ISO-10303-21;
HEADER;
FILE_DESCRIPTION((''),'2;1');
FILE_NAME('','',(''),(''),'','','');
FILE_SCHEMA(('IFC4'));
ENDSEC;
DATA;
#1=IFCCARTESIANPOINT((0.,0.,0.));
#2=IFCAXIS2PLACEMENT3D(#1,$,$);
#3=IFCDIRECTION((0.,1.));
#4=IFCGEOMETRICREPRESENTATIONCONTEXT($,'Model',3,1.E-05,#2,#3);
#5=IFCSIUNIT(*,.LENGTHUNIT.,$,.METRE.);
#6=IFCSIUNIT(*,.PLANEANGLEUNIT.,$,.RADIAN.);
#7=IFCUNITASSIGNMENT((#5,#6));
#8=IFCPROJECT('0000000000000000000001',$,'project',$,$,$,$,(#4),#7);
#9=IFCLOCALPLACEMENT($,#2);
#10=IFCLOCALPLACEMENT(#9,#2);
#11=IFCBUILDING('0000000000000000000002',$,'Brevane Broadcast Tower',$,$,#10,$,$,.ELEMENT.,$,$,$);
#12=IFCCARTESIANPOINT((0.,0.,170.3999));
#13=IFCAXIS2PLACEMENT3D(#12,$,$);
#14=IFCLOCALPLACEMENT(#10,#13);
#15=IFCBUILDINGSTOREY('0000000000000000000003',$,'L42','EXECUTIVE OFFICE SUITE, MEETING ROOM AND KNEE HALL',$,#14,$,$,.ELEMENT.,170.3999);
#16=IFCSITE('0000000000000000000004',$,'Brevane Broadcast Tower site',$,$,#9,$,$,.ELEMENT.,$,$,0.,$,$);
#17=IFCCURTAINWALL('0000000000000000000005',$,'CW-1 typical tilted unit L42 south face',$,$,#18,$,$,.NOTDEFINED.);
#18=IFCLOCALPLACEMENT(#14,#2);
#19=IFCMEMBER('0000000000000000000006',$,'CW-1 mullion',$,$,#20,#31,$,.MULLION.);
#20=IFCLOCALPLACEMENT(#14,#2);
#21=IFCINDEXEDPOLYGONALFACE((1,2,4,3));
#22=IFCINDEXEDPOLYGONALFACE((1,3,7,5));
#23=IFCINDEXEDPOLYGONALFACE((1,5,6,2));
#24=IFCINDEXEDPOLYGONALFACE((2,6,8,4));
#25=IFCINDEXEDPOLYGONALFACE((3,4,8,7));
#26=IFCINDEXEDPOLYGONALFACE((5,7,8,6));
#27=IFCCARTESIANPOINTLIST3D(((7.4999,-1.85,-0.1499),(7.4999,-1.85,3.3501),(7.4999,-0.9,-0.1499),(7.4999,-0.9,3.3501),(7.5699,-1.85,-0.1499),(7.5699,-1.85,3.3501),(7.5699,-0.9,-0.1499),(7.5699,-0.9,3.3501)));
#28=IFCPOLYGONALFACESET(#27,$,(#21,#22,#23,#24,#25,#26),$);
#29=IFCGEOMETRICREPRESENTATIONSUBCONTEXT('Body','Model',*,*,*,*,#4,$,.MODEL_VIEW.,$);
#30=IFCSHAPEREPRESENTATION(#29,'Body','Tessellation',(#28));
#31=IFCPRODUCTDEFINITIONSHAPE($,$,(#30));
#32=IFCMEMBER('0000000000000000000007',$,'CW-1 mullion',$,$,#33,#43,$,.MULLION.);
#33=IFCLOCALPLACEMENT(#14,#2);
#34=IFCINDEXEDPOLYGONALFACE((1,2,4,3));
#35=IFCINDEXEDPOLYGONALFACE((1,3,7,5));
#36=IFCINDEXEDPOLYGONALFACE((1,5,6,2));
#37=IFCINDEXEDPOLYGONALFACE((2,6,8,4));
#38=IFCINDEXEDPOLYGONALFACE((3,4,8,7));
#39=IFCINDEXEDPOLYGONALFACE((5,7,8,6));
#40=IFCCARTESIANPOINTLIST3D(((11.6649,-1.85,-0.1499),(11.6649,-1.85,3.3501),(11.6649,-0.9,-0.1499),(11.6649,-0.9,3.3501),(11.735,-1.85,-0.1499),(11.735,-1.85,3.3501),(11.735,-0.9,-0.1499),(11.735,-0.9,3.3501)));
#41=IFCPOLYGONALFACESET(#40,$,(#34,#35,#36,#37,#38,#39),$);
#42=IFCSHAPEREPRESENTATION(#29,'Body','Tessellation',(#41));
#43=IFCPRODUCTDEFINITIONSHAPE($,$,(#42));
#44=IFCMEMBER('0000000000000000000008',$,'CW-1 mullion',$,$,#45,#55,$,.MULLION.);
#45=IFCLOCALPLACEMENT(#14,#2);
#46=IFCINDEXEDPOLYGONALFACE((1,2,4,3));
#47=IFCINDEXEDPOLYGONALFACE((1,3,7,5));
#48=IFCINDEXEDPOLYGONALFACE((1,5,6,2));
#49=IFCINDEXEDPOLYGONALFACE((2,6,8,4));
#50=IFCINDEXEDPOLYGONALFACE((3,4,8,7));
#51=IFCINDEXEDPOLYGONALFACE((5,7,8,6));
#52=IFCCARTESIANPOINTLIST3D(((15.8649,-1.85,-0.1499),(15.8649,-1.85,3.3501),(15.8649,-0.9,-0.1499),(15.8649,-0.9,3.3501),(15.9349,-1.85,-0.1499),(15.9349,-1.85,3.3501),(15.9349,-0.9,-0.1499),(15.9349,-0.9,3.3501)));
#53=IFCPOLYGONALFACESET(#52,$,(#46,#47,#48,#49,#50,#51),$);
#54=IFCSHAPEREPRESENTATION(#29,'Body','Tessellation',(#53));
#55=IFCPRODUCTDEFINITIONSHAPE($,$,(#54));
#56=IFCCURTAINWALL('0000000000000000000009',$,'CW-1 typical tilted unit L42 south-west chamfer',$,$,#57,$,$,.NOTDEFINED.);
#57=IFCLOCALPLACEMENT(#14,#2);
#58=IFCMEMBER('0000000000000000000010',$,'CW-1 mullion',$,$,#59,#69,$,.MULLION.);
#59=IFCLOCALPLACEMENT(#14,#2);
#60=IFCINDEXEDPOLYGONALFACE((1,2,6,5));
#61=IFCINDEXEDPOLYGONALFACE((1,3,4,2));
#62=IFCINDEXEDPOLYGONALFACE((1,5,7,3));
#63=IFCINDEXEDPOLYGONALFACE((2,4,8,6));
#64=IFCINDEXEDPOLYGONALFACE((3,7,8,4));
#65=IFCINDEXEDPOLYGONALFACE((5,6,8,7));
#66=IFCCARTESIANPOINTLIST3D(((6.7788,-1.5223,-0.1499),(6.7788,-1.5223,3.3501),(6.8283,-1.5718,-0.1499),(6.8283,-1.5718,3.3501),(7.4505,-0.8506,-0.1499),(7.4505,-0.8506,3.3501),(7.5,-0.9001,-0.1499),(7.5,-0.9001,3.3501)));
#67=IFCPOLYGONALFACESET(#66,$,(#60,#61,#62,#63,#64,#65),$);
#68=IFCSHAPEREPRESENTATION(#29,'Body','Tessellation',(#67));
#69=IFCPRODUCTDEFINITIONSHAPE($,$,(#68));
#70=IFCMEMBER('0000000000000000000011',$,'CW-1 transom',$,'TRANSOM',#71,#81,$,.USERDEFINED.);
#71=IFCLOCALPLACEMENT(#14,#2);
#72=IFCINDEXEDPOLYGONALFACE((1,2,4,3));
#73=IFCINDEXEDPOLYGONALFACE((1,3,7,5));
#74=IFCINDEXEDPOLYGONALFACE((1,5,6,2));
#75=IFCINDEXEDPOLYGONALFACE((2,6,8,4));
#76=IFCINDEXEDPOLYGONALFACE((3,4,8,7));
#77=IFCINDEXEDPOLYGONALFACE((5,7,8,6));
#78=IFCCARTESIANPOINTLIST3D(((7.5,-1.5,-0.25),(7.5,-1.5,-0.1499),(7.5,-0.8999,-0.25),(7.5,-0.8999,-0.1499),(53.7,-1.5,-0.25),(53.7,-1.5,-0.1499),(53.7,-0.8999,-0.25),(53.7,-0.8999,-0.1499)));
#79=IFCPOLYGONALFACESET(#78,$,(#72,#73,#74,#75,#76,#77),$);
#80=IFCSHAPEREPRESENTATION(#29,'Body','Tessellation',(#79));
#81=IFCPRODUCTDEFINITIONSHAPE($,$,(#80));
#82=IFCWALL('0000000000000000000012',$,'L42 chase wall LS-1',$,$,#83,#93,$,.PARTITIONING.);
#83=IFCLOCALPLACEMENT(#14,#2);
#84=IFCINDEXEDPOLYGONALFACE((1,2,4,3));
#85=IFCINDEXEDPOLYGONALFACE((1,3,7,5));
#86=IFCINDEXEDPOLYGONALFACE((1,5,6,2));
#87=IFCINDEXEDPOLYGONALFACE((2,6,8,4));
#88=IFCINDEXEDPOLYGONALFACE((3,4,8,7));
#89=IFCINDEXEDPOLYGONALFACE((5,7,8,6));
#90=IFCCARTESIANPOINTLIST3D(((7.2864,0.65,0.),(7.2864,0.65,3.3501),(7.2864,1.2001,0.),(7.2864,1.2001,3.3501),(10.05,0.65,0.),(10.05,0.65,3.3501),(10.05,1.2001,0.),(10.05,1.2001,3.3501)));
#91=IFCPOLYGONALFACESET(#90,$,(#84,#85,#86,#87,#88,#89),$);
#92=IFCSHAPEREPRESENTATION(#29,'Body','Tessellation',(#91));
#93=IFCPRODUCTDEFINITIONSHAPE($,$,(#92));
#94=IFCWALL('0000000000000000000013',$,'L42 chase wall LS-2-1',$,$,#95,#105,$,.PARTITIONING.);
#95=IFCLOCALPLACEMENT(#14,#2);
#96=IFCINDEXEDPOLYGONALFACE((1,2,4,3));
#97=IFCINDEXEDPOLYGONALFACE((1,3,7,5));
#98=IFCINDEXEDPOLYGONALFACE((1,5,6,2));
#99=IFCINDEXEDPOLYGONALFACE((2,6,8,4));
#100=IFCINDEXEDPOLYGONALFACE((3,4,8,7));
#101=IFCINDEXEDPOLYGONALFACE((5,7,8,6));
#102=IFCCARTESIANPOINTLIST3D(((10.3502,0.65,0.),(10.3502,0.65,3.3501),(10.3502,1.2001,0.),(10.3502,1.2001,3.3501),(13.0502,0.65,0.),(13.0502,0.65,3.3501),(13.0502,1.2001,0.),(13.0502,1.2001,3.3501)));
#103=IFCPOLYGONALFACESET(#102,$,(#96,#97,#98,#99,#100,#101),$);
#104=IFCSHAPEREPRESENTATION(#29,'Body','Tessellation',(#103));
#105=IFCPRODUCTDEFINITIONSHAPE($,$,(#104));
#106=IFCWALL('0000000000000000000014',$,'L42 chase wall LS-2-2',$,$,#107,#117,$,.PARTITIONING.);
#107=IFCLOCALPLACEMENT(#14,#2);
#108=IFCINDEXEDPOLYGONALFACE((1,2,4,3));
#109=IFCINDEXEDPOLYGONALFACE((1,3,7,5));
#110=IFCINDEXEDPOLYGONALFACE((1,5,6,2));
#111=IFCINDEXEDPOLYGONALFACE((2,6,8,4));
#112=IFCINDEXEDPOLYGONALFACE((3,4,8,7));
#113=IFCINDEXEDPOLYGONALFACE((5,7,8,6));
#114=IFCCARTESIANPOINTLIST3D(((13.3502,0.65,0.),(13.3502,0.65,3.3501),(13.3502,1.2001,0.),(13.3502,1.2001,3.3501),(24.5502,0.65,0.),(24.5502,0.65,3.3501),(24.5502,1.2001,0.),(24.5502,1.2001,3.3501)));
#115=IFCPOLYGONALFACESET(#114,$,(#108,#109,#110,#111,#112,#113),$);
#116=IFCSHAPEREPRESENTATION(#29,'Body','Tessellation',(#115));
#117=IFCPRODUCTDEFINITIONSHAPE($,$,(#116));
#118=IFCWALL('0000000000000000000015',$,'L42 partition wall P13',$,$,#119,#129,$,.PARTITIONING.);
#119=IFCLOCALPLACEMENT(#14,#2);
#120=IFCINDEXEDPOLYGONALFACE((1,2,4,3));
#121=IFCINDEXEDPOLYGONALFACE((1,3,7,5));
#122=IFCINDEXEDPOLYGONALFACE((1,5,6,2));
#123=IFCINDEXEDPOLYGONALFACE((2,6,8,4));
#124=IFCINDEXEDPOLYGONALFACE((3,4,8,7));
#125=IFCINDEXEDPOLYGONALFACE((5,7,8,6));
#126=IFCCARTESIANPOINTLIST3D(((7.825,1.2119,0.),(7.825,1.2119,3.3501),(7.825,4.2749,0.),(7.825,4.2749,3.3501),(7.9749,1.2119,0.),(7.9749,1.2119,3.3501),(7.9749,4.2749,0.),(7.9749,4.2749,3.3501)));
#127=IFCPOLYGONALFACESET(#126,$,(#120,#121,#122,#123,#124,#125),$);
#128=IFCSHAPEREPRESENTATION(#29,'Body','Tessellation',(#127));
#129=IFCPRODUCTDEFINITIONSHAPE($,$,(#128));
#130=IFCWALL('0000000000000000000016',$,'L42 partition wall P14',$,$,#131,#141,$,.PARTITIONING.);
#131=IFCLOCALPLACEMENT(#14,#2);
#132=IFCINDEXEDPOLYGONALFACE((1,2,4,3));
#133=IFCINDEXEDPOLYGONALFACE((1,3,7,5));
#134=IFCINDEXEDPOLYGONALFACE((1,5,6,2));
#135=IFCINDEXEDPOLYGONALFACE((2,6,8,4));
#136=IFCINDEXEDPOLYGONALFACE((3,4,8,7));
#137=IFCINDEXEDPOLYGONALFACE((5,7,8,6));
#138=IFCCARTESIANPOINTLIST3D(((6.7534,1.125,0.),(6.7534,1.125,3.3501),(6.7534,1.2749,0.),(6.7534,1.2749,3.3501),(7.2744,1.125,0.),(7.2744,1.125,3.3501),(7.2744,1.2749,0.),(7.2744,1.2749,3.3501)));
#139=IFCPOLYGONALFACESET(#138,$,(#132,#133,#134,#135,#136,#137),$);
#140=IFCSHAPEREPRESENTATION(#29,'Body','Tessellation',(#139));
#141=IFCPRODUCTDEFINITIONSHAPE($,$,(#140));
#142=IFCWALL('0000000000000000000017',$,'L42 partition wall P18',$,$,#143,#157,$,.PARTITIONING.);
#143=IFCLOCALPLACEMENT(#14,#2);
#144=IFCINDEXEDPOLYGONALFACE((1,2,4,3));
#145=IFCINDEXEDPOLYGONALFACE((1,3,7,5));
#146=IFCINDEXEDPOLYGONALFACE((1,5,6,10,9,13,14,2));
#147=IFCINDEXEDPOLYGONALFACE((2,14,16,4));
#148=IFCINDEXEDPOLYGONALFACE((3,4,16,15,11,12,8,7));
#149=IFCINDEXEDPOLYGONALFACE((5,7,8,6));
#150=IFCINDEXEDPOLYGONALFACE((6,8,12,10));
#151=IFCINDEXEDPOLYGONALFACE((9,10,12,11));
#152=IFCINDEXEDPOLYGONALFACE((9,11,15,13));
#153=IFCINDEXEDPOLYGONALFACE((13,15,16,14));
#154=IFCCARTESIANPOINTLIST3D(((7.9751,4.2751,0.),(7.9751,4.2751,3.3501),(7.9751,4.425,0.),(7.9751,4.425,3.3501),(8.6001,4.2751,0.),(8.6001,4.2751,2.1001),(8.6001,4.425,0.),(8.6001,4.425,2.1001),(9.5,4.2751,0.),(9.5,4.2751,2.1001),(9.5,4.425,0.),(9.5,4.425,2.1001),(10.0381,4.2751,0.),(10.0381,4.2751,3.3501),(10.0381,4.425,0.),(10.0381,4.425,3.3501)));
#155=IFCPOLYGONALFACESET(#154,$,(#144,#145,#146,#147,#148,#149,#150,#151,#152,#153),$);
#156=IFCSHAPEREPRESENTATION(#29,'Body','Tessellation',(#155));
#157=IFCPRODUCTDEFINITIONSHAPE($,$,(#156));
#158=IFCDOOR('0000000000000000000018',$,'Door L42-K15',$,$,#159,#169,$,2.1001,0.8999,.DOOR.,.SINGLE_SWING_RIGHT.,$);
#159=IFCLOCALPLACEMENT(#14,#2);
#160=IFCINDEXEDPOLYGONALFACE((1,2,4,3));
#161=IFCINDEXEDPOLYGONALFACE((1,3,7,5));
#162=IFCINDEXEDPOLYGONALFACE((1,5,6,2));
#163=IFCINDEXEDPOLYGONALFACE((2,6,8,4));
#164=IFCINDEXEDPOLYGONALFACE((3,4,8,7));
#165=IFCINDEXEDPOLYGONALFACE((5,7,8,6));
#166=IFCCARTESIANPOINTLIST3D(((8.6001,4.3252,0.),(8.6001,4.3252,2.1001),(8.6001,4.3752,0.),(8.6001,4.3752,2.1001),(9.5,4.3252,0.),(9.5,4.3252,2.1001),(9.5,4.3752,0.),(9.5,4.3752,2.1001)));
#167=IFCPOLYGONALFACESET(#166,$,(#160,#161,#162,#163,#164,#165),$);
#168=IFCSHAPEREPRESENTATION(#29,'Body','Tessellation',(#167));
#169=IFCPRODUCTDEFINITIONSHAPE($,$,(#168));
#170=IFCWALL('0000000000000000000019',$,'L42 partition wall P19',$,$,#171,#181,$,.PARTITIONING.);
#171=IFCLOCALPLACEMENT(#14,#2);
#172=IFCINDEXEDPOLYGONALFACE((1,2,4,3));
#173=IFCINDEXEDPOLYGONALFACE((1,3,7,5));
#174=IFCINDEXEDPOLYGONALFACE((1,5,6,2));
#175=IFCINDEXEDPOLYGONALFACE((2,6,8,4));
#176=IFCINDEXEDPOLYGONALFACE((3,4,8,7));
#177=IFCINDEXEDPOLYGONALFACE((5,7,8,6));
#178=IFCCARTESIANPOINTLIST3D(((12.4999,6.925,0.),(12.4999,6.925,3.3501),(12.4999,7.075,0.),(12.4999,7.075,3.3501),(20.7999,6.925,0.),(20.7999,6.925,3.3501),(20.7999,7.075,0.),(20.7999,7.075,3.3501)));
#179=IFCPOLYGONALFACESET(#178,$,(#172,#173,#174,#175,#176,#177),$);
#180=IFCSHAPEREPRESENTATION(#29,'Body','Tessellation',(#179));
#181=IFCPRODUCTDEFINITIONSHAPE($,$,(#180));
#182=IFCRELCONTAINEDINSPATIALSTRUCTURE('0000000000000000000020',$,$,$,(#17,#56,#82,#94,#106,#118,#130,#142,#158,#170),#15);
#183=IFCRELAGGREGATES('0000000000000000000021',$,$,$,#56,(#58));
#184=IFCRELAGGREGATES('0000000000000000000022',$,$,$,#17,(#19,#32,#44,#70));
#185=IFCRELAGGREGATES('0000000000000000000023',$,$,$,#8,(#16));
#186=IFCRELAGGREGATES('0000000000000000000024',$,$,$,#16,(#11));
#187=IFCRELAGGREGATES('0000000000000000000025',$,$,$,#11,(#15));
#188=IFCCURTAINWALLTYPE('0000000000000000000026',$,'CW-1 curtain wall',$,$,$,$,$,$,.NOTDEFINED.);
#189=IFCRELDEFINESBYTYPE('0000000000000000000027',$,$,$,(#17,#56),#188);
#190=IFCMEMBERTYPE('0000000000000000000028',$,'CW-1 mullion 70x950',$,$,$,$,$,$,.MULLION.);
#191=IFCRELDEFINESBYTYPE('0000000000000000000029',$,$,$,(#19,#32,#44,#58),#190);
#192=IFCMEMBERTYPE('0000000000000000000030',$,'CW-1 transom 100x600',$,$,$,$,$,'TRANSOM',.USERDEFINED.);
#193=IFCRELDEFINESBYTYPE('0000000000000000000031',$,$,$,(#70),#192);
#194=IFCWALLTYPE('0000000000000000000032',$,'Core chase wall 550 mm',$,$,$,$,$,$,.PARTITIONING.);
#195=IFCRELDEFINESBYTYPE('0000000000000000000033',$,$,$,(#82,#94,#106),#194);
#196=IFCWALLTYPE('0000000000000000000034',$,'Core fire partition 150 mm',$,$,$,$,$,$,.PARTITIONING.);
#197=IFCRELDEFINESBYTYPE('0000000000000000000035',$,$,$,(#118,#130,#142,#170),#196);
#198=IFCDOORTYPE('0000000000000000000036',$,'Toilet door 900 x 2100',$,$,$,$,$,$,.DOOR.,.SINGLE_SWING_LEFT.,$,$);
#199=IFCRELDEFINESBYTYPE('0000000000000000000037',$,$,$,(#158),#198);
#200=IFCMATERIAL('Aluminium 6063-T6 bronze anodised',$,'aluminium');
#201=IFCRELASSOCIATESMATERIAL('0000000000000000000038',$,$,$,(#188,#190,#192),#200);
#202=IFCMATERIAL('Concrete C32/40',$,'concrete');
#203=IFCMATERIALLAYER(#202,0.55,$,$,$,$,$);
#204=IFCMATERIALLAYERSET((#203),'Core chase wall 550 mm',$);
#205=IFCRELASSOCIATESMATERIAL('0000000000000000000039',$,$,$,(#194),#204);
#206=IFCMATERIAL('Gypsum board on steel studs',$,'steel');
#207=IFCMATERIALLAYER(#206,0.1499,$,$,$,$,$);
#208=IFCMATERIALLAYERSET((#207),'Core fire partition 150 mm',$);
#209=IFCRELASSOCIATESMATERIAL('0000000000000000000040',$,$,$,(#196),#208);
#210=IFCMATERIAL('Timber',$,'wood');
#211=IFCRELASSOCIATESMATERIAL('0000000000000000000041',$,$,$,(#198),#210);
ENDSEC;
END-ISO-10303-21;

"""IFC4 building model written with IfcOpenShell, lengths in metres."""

from ifc_helpers import new_model, si_unit, direction, frame, frame_2d, origin, origin_2d, place, context, subcontext, project, spatial, rectangle, extrude, material, layer, layer_set, material_profile, profile_set, type_object, element, fill, aggregate, save


model = new_model("IFC4")

# Units and contexts
model_context = context("Model", 3, precision=1e-05, world=origin(), true_north=direction((0.0, 1.0)))
body_context = subcontext(model_context, "Body", "Model", "MODEL_VIEW")
ifc_project = project(units=[si_unit("LENGTHUNIT", "METRE"), si_unit("PLANEANGLEUNIT", "RADIAN")], contexts=[model_context])

# Site, building, storey
site_placement = place(None, origin())
site = spatial("IfcSite", under=ifc_project, at=site_placement, Name="Brevane Broadcast Tower site", CompositionType="ELEMENT", RefElevation=0.0)
building_placement = place(site_placement, origin())
building = spatial("IfcBuilding", under=site, at=building_placement, Name="Brevane Broadcast Tower", CompositionType="ELEMENT")
storey_placement = place(building_placement, frame((0.0, 0.0, 170.3999)))
storey = spatial("IfcBuildingStorey", under=building, at=storey_placement, Name="L42", Description="EXECUTIVE OFFICE SUITE, MEETING ROOM AND KNEE HALL", CompositionType="ELEMENT", Elevation=170.3999)

# Curtain wall, members
ifc_material_1 = material(Name="Aluminium 6063-T6 bronze anodised", Category="aluminium")
curtain_wall_type = type_object("IfcCurtainWallType", Name="CW-1 curtain wall", PredefinedType="NOTDEFINED", material=ifc_material_1)
curtain_wall_1_placement = place(storey_placement, origin())
curtain_wall_1 = element("IfcCurtainWall", 1, at=curtain_wall_1_placement, inside=storey, type_object=curtain_wall_type, Name="CW-1 typical tilted unit L42 south face", PredefinedType="NOTDEFINED")
ifc_material_profile_1 = material_profile(ifc_material_1, rectangle(XDim=0.95, YDim=0.0701, at=origin_2d()), Name="RECT 70x950")
ifc_profile_set_1 = profile_set([ifc_material_profile_1], Name="Aluminium 6063-T6 bronze anodised")
member_type_1 = type_object("IfcMemberType", Name="CW-1 mullion 70x950", PredefinedType="MULLION", material=ifc_profile_set_1)
member_1_placement = place(storey_placement, frame((7.5349, -1.375, -0.1499), z_axis=(0.0, 0.0, 1.0), x_axis=(0.0, 1.0, 0.0)))
member_1 = element("IfcMember", 2, at=member_1_placement, type_object=member_type_1, Name="CW-1 mullion", PredefinedType="MULLION", context=body_context, shape_type="SweptSolid", body=[
    extrude(rectangle(XDim=0.95, YDim=0.0701, at=origin_2d()), origin(), (0.0, 0.0, 1.0), 3.5),
])
member_2_placement = place(storey_placement, frame((11.7, -1.375, -0.1499), z_axis=(0.0, 0.0, 1.0), x_axis=(0.0, 1.0, 0.0)))
member_2 = element("IfcMember", 3, at=member_2_placement, type_object=member_type_1, Name="CW-1 mullion", PredefinedType="MULLION", context=body_context, shape_type="SweptSolid", body=[
    extrude(rectangle(XDim=0.95, YDim=0.0701, at=origin_2d()), origin(), (0.0, 0.0, 1.0), 3.5),
])
member_3_placement = place(storey_placement, frame((15.8999, -1.375, -0.1499), z_axis=(0.0, 0.0, 1.0), x_axis=(0.0, 1.0, 0.0)))
member_3 = element("IfcMember", 4, at=member_3_placement, type_object=member_type_1, Name="CW-1 mullion", PredefinedType="MULLION", context=body_context, shape_type="SweptSolid", body=[
    extrude(rectangle(XDim=0.95, YDim=0.0701, at=origin_2d()), origin(), (0.0, 0.0, 1.0), 3.5),
])

# Curtain wall, member
curtain_wall_2_placement = place(storey_placement, origin())
curtain_wall_2 = element("IfcCurtainWall", 5, at=curtain_wall_2_placement, inside=storey, type_object=curtain_wall_type, Name="CW-1 typical tilted unit L42 south-west chamfer", PredefinedType="NOTDEFINED")
member_4_placement = place(storey_placement, frame((7.1394, -1.2112, -0.1499), z_axis=(0.0, 0.0, 1.0), x_axis=(0.707107, 0.707107, 0.0)))
member_4 = element("IfcMember", 6, at=member_4_placement, type_object=member_type_1, Name="CW-1 mullion", PredefinedType="MULLION", context=body_context, shape_type="SweptSolid", body=[
    extrude(rectangle(XDim=0.95, YDim=0.0701, at=origin_2d()), origin(), (0.0, 0.0, 1.0), 3.5),
])
aggregate(curtain_wall_2, [member_4])

# Member
ifc_material_profile_2 = material_profile(ifc_material_1, rectangle(XDim=0.6001, YDim=0.1001, at=origin_2d()), Name="RECT 100x600")
ifc_profile_set_2 = profile_set([ifc_material_profile_2], Name="Aluminium 6063-T6 bronze anodised")
member_type_2 = type_object("IfcMemberType", Name="CW-1 transom 100x600", ElementType="TRANSOM", PredefinedType="USERDEFINED", material=ifc_profile_set_2)
member_5_placement = place(storey_placement, frame((7.5, -1.2, -0.2), z_axis=(1.0, 0.0, 0.0), x_axis=(0.0, 1.0, 0.0)))
member_5 = element("IfcMember", 7, at=member_5_placement, type_object=member_type_2, Name="CW-1 transom", ObjectType="TRANSOM", PredefinedType="USERDEFINED", context=body_context, shape_type="SweptSolid", body=[
    extrude(rectangle(XDim=0.6001, YDim=0.1001, at=origin_2d()), origin(), (0.0, 0.0, 1.0), 46.2),
])
aggregate(curtain_wall_1, [member_1, member_2, member_3, member_5])

# Walls
ifc_material_2 = material(Name="Concrete C32/40", Category="concrete")
ifc_layer_1 = layer(ifc_material_2, 0.55)
ifc_layer_set_1 = layer_set([ifc_layer_1], Name="Core chase wall 550 mm")
wall_type_1 = type_object("IfcWallType", Name="Core chase wall 550 mm", PredefinedType="PARTITIONING", material=ifc_layer_set_1)
wall_1_placement = place(storey_placement, frame((7.2864, 0.925, 0.0), z_axis=(0.0, 0.0, 1.0), x_axis=(1.0, 0.0, 0.0)))
element("IfcWall", 8, at=wall_1_placement, inside=storey, type_object=wall_type_1, Name="L42 chase wall LS-1", PredefinedType="PARTITIONING", context=body_context, shape_type="SweptSolid", body=[
    extrude(rectangle(XDim=2.7637, YDim=0.55, at=frame_2d((1.3818, 0.0))), origin(), (0.0, 0.0, 1.0), 3.3501),
])
wall_2_placement = place(storey_placement, frame((10.3501, 0.925, 0.0), z_axis=(0.0, 0.0, 1.0), x_axis=(1.0, 0.0, 0.0)))
element("IfcWall", 9, at=wall_2_placement, inside=storey, type_object=wall_type_1, Name="L42 chase wall LS-2-1", PredefinedType="PARTITIONING", context=body_context, shape_type="SweptSolid", body=[
    extrude(rectangle(XDim=2.7, YDim=0.55, at=frame_2d((1.3501, 0.0))), origin(), (0.0, 0.0, 1.0), 3.3501),
])
wall_3_placement = place(storey_placement, frame((13.3501, 0.925, 0.0), z_axis=(0.0, 0.0, 1.0), x_axis=(1.0, 0.0, 0.0)))
element("IfcWall", 10, at=wall_3_placement, inside=storey, type_object=wall_type_1, Name="L42 chase wall LS-2-2", PredefinedType="PARTITIONING", context=body_context, shape_type="SweptSolid", body=[
    extrude(rectangle(XDim=11.2, YDim=0.55, at=frame_2d((5.6001, 0.0))), origin(), (0.0, 0.0, 1.0), 3.3501),
])
ifc_material_3 = material(Name="Gypsum board on steel studs", Category="steel")
ifc_layer_2 = layer(ifc_material_3, 0.1499)
ifc_layer_set_2 = layer_set([ifc_layer_2], Name="Core fire partition 150 mm")
wall_type_2 = type_object("IfcWallType", Name="Core fire partition 150 mm", PredefinedType="PARTITIONING", material=ifc_layer_set_2)
wall_4_placement = place(storey_placement, frame((7.8999, 4.2749, 0.0), z_axis=(0.0, 0.0, 1.0), x_axis=(0.0, -1.0, 0.0)))
element("IfcWall", 11, at=wall_4_placement, inside=storey, type_object=wall_type_2, Name="L42 partition wall P13", PredefinedType="PARTITIONING", context=body_context, shape_type="SweptSolid", body=[
    extrude(rectangle(XDim=3.063, YDim=0.1499, at=frame_2d((1.5315, 0.0))), origin(), (0.0, 0.0, 1.0), 3.3501),
])
wall_5_placement = place(storey_placement, frame((7.2744, 1.2, 0.0), z_axis=(0.0, 0.0, 1.0), x_axis=(-1.0, 0.0, 0.0)))
element("IfcWall", 12, at=wall_5_placement, inside=storey, type_object=wall_type_2, Name="L42 partition wall P14", PredefinedType="PARTITIONING", context=body_context, shape_type="SweptSolid", body=[
    extrude(rectangle(XDim=0.521, YDim=0.1499, at=frame_2d((0.2605, 0.0))), origin(), (0.0, 0.0, 1.0), 3.3501),
])

# Wall, opening, door
wall_6_placement = place(storey_placement, frame((10.0381, 4.3501, 0.0), z_axis=(0.0, 0.0, 1.0), x_axis=(-1.0, 0.0, 0.0)))
wall_6 = element("IfcWall", 13, at=wall_6_placement, inside=storey, type_object=wall_type_2, Name="L42 partition wall P18", PredefinedType="PARTITIONING", context=body_context, shape_type="SweptSolid", body=[
    extrude(rectangle(XDim=2.063, YDim=0.1499, at=frame_2d((1.0315, 0.0))), origin(), (0.0, 0.0, 1.0), 3.3501),
])
opening_1_placement = place(wall_6_placement, frame((0.5381, 0.0, 0.0)))
opening_1 = element("IfcOpeningElement", 14, at=opening_1_placement, cuts=wall_6, PredefinedType="OPENING", context=body_context, shape_type="SweptSolid", body=[
    extrude(rectangle(XDim=0.8999, YDim=2.1001, at=frame_2d((0.45, 1.05))), frame((0.0, 0.085, 0.0), z_axis=(0.0, -1.0, 0.0), x_axis=(1.0, 0.0, 0.0)), (0.0, 0.0, 1.0), 0.1699),
])
ifc_material_4 = material(Name="Timber", Category="wood")
door_type_1 = type_object("IfcDoorType", Name="Toilet door 900 x 2100", OperationType="SINGLE_SWING_LEFT", PredefinedType="DOOR", material=ifc_material_4)
door_1_placement = place(opening_1_placement, origin())
door_1 = element("IfcDoor", 15, at=door_1_placement, inside=storey, type_object=door_type_1, Name="Door L42-K15", OperationType="SINGLE_SWING_RIGHT", OverallHeight=2.1001, OverallWidth=0.8999, PredefinedType="DOOR", context=body_context, shape_type="SweptSolid", body=[
    extrude(rectangle(XDim=0.8999, YDim=2.1001, at=frame_2d((0.45, 1.05))), frame((0.0, 0.0249, 0.0), z_axis=(0.0, -1.0, 0.0), x_axis=(1.0, 0.0, 0.0)), (0.0, 0.0, 1.0), 0.05),
])
fill(opening_1, door_1)

# Wall
wall_7_placement = place(storey_placement, frame((12.5, 7.0, 0.0), z_axis=(0.0, 0.0, 1.0), x_axis=(1.0, 0.0, 0.0)))
element("IfcWall", 16, at=wall_7_placement, inside=storey, type_object=wall_type_2, Name="L42 partition wall P19", PredefinedType="PARTITIONING", context=body_context, shape_type="SweptSolid", body=[
    extrude(rectangle(XDim=8.3, YDim=0.1499, at=frame_2d((4.1499, 0.0))), origin(), (0.0, 0.0, 1.0), 3.3501),
])

save(model, "model.ifc")
